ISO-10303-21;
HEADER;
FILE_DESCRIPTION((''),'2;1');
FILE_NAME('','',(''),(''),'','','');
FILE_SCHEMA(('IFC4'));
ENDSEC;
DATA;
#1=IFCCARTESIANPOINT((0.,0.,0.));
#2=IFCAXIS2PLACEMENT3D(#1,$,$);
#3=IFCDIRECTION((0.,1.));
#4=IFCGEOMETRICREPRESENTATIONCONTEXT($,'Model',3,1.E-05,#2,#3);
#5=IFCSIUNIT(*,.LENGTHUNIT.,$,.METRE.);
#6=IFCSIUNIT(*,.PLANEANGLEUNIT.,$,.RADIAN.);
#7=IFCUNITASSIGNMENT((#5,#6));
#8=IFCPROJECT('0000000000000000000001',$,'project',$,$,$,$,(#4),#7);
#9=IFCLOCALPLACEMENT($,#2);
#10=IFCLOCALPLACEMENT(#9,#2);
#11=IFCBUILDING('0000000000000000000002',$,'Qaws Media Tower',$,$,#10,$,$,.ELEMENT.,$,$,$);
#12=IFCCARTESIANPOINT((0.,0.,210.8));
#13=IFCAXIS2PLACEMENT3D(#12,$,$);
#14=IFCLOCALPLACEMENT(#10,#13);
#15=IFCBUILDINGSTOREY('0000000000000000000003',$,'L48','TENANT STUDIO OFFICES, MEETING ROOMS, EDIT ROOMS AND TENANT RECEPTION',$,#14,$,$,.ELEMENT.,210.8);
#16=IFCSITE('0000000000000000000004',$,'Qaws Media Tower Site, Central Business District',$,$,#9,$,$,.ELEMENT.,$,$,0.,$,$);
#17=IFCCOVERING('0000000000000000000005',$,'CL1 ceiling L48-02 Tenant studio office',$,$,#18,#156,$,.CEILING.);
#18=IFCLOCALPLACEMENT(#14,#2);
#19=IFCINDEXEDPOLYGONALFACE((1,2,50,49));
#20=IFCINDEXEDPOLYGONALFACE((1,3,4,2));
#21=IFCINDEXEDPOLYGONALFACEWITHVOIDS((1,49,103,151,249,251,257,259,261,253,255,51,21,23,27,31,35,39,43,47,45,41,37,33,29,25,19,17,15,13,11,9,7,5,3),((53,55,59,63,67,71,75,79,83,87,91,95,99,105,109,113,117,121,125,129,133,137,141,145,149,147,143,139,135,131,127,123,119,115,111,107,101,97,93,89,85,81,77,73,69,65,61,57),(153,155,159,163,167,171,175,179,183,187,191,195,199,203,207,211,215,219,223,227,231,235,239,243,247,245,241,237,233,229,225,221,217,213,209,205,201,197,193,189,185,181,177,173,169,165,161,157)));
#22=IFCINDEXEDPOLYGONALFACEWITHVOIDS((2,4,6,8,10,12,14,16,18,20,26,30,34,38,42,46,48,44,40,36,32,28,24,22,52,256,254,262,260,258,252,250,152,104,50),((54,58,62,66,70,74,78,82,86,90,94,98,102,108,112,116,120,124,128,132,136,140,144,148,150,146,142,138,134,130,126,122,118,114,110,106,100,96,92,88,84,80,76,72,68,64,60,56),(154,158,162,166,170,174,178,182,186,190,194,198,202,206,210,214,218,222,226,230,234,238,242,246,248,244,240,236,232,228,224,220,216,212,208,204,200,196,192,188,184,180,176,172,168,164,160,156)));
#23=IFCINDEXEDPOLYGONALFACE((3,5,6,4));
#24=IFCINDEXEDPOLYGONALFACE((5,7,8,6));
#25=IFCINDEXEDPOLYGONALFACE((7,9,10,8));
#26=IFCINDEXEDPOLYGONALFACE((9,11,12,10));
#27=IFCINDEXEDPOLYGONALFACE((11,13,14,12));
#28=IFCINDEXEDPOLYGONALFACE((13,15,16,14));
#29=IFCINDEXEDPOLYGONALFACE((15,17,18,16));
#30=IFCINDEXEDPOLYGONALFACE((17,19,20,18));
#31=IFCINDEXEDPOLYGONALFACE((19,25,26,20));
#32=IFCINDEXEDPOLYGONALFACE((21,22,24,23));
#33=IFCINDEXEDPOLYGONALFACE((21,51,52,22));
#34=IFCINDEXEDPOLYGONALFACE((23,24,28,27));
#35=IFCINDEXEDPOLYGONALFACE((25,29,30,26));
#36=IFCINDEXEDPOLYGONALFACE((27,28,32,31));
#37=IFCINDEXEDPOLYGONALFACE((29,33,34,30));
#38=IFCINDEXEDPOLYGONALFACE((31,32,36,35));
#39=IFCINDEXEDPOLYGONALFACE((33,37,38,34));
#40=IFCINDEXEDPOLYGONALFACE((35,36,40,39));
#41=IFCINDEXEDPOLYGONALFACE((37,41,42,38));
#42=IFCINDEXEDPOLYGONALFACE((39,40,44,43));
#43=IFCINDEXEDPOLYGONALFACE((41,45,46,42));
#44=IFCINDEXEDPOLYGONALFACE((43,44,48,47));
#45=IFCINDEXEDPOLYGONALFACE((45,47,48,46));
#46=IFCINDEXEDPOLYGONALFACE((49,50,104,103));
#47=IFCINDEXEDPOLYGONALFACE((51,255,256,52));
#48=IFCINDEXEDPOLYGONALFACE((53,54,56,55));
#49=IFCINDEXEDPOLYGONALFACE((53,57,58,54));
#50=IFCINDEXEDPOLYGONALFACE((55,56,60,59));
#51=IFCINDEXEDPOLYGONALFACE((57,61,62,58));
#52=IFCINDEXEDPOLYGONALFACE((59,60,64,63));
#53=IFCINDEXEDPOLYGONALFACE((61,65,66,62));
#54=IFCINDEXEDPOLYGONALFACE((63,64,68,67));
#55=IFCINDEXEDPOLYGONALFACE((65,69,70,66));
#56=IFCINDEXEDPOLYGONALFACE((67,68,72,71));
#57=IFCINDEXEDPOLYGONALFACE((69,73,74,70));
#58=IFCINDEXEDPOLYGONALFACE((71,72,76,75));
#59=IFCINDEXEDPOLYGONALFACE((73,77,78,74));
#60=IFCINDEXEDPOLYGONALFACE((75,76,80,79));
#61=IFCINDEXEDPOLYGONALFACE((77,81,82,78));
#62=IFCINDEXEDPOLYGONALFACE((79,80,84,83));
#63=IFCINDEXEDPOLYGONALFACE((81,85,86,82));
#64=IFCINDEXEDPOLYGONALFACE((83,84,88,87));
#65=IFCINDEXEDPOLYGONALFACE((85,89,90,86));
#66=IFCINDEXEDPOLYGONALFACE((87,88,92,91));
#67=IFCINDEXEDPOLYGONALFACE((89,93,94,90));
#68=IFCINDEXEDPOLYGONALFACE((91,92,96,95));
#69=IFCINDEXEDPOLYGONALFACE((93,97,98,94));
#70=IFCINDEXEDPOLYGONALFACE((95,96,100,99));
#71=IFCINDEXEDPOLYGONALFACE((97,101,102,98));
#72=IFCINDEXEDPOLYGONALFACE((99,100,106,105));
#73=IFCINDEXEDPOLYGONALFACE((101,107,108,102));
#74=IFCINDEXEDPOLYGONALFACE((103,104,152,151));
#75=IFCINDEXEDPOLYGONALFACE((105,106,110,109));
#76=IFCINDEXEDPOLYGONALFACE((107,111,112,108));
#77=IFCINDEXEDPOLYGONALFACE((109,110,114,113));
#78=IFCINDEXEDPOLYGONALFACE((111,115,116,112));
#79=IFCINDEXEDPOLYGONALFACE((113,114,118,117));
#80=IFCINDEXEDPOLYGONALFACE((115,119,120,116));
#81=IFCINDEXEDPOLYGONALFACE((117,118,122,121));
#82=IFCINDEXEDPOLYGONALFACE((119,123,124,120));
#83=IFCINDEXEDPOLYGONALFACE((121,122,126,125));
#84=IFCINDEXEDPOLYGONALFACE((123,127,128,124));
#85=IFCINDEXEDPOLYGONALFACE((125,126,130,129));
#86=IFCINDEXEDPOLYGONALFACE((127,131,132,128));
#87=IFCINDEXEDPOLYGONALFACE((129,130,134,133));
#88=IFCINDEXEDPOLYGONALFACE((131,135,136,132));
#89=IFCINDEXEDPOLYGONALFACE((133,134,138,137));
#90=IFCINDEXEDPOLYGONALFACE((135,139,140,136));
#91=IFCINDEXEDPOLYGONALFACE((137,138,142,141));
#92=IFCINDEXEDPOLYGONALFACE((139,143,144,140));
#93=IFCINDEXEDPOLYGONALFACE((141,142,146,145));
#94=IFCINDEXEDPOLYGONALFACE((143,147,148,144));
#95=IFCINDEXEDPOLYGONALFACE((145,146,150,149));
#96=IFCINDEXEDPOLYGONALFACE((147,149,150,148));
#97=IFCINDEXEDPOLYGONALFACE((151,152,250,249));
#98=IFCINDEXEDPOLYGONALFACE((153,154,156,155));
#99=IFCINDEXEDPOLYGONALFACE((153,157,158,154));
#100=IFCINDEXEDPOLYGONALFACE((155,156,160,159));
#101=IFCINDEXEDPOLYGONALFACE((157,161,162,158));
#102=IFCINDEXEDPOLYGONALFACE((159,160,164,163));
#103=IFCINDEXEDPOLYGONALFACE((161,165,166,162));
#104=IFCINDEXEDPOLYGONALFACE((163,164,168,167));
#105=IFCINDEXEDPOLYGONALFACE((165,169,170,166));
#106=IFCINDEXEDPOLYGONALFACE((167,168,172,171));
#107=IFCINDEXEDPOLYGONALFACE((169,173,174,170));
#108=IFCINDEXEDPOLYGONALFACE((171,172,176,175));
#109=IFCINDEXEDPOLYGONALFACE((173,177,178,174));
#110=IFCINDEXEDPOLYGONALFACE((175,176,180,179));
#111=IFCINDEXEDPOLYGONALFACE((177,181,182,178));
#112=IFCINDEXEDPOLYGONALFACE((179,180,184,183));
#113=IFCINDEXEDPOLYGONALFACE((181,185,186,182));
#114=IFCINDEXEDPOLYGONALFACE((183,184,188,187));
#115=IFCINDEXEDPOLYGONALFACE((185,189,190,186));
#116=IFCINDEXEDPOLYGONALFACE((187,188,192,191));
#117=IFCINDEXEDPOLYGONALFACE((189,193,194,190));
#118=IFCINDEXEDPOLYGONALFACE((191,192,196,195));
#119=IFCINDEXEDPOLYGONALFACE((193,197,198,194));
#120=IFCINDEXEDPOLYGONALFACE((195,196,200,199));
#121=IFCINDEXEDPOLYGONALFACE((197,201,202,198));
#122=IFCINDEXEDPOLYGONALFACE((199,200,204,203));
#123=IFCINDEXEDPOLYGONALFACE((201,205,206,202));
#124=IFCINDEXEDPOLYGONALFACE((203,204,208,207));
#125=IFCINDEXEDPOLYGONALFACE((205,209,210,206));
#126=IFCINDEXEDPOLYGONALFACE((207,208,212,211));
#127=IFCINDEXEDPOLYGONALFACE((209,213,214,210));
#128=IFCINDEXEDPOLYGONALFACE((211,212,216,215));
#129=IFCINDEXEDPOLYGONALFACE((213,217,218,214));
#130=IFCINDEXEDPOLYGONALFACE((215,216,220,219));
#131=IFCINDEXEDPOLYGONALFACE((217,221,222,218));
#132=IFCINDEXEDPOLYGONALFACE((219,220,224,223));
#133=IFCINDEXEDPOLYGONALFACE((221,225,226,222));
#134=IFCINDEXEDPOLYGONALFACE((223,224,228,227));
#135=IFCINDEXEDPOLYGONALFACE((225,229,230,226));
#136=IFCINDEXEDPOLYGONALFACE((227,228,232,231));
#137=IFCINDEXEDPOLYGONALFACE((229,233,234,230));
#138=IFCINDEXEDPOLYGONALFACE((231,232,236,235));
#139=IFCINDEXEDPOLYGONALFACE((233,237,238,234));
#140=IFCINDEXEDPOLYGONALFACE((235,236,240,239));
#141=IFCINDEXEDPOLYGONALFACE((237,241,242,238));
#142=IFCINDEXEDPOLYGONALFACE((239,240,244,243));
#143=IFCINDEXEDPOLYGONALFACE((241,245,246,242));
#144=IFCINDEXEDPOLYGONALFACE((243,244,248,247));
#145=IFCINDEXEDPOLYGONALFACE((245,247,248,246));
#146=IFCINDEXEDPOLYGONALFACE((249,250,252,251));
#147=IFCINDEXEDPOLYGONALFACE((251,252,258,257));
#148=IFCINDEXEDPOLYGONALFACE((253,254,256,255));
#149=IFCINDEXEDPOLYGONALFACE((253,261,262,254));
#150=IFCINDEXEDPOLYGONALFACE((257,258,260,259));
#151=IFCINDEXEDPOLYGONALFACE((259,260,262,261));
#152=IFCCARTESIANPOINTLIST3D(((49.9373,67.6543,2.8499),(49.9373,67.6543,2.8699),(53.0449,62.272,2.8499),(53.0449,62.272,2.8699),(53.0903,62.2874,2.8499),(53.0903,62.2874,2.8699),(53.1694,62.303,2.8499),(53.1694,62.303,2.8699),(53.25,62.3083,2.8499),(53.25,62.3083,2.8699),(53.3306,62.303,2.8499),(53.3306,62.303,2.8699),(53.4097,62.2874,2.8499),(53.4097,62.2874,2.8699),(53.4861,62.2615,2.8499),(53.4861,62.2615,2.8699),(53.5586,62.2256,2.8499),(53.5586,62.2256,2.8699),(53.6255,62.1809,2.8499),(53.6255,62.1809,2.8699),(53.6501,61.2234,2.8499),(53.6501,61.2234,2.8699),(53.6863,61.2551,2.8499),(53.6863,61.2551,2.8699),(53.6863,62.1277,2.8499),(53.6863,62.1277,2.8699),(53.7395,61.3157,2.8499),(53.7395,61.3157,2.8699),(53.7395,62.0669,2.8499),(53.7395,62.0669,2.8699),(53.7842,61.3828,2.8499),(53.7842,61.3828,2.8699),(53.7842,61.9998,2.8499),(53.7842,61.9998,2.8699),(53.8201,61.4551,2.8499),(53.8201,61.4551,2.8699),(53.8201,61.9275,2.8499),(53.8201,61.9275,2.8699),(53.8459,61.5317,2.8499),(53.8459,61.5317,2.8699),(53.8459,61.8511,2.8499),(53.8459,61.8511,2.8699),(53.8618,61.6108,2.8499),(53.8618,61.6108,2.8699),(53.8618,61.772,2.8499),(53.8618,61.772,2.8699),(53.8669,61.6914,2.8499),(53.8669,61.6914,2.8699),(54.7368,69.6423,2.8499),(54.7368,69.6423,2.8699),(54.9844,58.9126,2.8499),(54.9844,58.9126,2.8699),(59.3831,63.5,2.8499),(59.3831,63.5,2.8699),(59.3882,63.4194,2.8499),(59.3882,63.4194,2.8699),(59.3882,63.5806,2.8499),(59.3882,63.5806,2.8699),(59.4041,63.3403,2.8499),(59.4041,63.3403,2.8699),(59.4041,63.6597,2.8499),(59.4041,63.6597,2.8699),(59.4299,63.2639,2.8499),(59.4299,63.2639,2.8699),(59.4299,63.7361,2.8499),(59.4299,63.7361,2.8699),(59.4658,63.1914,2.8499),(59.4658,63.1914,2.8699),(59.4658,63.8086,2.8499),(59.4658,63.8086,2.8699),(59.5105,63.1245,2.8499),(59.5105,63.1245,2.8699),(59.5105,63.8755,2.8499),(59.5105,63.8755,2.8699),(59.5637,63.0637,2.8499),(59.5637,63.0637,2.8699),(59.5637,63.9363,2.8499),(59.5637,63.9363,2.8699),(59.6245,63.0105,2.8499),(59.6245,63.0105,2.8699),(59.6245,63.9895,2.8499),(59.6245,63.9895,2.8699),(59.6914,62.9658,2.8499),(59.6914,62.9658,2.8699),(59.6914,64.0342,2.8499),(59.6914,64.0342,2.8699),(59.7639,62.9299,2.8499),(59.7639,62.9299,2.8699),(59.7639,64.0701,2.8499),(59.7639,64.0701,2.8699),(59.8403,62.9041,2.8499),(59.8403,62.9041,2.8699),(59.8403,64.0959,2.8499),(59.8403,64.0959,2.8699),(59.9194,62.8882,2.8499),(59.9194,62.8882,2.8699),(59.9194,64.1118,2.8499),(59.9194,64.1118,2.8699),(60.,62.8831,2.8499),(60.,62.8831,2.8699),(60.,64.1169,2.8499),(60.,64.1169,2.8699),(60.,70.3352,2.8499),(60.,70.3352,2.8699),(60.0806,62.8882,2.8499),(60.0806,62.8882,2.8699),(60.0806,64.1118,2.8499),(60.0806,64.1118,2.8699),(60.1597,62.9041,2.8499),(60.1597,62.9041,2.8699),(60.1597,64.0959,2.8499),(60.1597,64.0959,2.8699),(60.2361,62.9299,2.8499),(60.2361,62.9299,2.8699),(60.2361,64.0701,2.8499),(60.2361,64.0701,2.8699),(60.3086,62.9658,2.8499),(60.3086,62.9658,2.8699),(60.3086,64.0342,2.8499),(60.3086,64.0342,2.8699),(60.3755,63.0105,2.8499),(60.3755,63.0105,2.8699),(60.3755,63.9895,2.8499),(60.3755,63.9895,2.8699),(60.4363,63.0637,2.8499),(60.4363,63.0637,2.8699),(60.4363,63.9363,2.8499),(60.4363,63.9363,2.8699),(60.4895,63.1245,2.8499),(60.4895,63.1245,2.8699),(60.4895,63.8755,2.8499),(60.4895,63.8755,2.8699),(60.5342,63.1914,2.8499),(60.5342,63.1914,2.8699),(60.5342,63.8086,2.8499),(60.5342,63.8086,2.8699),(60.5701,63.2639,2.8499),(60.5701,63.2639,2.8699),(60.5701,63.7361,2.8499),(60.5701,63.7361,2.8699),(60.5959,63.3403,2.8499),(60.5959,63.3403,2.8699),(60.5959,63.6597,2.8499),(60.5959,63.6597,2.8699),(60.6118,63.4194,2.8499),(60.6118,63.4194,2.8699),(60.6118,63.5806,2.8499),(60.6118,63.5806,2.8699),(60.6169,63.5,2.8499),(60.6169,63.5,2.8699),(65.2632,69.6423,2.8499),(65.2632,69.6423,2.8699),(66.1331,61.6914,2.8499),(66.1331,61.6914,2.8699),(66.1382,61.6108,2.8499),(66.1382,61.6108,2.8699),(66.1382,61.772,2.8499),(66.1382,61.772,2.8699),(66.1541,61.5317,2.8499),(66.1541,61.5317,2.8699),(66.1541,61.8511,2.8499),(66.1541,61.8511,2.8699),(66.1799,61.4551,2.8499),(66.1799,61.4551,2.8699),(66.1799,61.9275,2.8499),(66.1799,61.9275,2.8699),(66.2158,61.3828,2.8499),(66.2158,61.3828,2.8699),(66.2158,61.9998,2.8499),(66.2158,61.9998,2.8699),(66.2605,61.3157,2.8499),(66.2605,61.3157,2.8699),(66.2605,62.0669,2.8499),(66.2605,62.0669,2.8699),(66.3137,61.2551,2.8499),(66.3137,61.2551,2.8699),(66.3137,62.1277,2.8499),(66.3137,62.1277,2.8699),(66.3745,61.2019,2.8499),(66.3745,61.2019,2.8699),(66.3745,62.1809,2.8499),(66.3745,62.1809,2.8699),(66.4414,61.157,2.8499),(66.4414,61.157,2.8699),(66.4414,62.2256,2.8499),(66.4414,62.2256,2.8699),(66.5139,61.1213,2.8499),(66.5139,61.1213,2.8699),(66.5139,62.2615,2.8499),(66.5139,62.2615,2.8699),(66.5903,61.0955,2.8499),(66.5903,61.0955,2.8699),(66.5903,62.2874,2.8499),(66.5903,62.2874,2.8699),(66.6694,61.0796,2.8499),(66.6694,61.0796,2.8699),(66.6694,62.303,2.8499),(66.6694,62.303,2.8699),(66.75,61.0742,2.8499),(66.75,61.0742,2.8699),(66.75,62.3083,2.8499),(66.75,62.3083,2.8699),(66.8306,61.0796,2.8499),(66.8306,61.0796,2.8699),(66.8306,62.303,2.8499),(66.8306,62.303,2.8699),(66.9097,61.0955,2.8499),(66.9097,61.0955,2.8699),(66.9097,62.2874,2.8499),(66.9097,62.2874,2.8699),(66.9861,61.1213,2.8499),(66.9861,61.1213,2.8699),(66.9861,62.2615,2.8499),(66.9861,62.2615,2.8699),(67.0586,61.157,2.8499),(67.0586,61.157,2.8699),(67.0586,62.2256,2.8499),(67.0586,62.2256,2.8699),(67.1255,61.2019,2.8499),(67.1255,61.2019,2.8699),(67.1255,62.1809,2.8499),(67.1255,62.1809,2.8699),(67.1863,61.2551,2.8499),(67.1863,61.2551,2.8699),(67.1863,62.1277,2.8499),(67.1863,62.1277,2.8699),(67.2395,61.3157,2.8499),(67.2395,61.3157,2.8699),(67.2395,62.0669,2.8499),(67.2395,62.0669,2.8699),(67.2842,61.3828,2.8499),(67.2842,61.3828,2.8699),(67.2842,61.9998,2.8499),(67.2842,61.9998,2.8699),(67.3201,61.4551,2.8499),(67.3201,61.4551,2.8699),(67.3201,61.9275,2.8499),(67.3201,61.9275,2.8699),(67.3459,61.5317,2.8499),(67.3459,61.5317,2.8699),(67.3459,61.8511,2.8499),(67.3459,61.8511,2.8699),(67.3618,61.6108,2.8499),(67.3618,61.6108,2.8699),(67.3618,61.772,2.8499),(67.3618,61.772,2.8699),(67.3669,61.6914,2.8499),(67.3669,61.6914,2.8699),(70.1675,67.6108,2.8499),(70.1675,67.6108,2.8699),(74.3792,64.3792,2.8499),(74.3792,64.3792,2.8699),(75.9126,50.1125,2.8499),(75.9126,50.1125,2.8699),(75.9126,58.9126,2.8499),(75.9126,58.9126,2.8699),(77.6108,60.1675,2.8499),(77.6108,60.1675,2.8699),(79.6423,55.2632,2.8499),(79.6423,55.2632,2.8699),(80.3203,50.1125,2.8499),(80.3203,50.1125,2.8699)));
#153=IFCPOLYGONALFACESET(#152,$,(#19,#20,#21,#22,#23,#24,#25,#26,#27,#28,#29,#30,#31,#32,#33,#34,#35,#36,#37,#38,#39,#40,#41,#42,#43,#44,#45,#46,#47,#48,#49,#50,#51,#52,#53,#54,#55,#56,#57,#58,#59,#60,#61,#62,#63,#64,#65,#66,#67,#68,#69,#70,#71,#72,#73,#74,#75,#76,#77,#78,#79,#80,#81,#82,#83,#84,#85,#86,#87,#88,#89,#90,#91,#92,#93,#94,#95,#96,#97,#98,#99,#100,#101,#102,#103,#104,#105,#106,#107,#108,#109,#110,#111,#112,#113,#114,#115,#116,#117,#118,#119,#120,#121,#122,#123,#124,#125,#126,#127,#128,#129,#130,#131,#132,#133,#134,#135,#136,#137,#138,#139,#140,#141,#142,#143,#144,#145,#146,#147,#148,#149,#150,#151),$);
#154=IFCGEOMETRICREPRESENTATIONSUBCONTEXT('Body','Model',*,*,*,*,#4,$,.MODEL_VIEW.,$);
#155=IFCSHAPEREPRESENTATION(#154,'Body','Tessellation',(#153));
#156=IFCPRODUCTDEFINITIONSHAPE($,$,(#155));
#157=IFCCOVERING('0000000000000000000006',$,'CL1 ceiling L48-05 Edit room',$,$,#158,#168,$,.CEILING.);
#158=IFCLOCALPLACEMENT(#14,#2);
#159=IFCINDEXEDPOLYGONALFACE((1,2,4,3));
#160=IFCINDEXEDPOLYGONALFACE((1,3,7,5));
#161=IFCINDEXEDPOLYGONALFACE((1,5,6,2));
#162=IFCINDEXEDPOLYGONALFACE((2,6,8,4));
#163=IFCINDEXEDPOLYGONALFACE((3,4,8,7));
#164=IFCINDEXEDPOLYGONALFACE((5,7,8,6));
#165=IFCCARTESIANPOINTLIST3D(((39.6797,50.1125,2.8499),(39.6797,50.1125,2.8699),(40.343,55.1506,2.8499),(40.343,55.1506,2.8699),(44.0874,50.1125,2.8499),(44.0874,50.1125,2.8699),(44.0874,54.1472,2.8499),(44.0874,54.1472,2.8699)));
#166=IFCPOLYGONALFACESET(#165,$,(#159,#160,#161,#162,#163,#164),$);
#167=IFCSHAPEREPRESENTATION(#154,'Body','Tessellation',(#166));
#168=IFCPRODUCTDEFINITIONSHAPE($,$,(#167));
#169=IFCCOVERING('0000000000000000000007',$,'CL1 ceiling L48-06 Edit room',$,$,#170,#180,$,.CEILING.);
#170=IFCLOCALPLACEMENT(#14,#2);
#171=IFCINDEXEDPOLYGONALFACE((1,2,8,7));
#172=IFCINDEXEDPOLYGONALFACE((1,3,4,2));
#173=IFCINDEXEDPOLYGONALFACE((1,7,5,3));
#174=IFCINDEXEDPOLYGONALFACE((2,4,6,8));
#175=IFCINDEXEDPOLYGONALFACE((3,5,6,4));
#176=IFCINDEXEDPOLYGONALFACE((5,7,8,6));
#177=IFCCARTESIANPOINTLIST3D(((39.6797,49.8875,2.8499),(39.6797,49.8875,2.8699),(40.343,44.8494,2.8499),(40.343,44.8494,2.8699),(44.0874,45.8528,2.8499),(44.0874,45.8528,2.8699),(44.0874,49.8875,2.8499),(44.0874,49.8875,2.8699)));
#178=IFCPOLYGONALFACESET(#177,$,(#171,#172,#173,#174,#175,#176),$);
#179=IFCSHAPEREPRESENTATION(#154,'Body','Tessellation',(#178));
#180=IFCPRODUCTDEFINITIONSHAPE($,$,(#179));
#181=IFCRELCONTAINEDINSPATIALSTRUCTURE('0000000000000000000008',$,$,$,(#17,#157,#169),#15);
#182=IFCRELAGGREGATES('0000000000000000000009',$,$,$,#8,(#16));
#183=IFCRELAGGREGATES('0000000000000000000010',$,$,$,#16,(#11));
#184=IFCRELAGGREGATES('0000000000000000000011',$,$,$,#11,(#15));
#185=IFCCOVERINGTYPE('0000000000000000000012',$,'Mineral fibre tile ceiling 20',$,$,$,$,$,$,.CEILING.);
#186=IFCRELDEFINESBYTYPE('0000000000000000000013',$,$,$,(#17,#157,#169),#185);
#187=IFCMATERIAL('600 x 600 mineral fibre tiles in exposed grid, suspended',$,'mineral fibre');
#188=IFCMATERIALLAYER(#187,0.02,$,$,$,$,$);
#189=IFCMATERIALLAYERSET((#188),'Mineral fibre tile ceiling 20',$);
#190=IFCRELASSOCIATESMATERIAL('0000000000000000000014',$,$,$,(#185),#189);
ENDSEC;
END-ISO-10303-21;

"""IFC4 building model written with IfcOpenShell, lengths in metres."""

from ifc_helpers import new_model, si_unit, direction, frame, origin, place, context, subcontext, project, spatial, polyline, outline, extrude, material, layer, layer_set, type_object, element, save


model = new_model("IFC4")

# Units and contexts
model_context = context("Model", 3, precision=1e-05, world=origin(), true_north=direction((0.0, 1.0)))
body_context = subcontext(model_context, "Body", "Model", "MODEL_VIEW")
ifc_project = project(units=[si_unit("LENGTHUNIT", "METRE"), si_unit("PLANEANGLEUNIT", "RADIAN")], contexts=[model_context])

# Site, building, storey
site_placement = place(None, origin())
site = spatial("IfcSite", under=ifc_project, at=site_placement, Name="Qaws Media Tower Site, Central Business District", CompositionType="ELEMENT", RefElevation=0.0)
building_placement = place(site_placement, origin())
building = spatial("IfcBuilding", under=site, at=building_placement, Name="Qaws Media Tower", CompositionType="ELEMENT")
storey_placement = place(building_placement, frame((0.0, 0.0, 210.8)))
storey = spatial("IfcBuildingStorey", under=building, at=storey_placement, Name="L48", Description="TENANT STUDIO OFFICES, MEETING ROOMS, EDIT ROOMS AND TENANT RECEPTION", CompositionType="ELEMENT", Elevation=210.8)

# Coverings
ifc_material_1 = material(Name="600 x 600 mineral fibre tiles in exposed grid, suspended", Category="mineral fibre")
ifc_layer_1 = layer(ifc_material_1, 0.02)
ifc_layer_set_1 = layer_set([ifc_layer_1], Name="Mineral fibre tile ceiling 20")
covering_type_1 = type_object("IfcCoveringType", Name="Mineral fibre tile ceiling 20", PredefinedType="CEILING", material=ifc_layer_set_1)
covering_1_placement = place(storey_placement, frame((0.0, 0.0, 2.8499)))
element("IfcCovering", 1, at=covering_1_placement, inside=storey, type_object=covering_type_1, Name="CL1 ceiling L48-02 Tenant studio office", PredefinedType="CEILING", context=body_context, shape_type="SweptSolid", body=[
    extrude(outline(polyline([(54.7368, 69.6423), (60.0, 70.3352), (65.2632, 69.6423), (70.1675, 67.6108), (74.3792, 64.3792), (77.6108, 60.1675), (79.6423, 55.2632), (80.3203, 50.1125), (75.9126, 50.1125), (75.9126, 58.9126), (54.9844, 58.9126), (53.6501, 61.2234), (53.6863, 61.2551), (53.7395, 61.3157), (53.7842, 61.3828), (53.8201, 61.4551), (53.8459, 61.5317), (53.8618, 61.6108), (53.8669, 61.6914), (53.8618, 61.772), (53.8459, 61.8511), (53.8201, 61.9275), (53.7842, 61.9998), (53.7395, 62.0669), (53.6863, 62.1277), (53.6255, 62.1809), (53.5586, 62.2256), (53.4861, 62.2615), (53.4097, 62.2874), (53.3306, 62.303), (53.25, 62.3083), (53.1694, 62.303), (53.0903, 62.2874), (53.0449, 62.272), (49.9373, 67.6543), (54.7368, 69.6423)]), holes=[polyline([(60.5701, 63.2639), (60.5959, 63.3403), (60.6118, 63.4194), (60.6169, 63.5), (60.6118, 63.5806), (60.5959, 63.6597), (60.5701, 63.7361), (60.5342, 63.8086), (60.4895, 63.8755), (60.4363, 63.9363), (60.3755, 63.9895), (60.3086, 64.0342), (60.2361, 64.0701), (60.1597, 64.0959), (60.0806, 64.1118), (60.0, 64.1169), (59.9194, 64.1118), (59.8403, 64.0959), (59.7639, 64.0701), (59.6914, 64.0342), (59.6245, 63.9895), (59.5637, 63.9363), (59.5105, 63.8755), (59.4658, 63.8086), (59.4299, 63.7361), (59.4041, 63.6597), (59.3882, 63.5806), (59.3831, 63.5), (59.3882, 63.4194), (59.4041, 63.3403), (59.4299, 63.2639), (59.4658, 63.1914), (59.5105, 63.1245), (59.5637, 63.0637), (59.6245, 63.0105), (59.6914, 62.9658), (59.7639, 62.9299), (59.8403, 62.9041), (59.9194, 62.8882), (60.0, 62.8831), (60.0806, 62.8882), (60.1597, 62.9041), (60.2361, 62.9299), (60.3086, 62.9658), (60.3755, 63.0105), (60.4363, 63.0637), (60.4895, 63.1245), (60.5342, 63.1914), (60.5701, 63.2639)]), polyline([(67.3201, 61.4551), (67.3459, 61.5317), (67.3618, 61.6108), (67.3669, 61.6914), (67.3618, 61.772), (67.3459, 61.8511), (67.3201, 61.9275), (67.2842, 61.9998), (67.2395, 62.0669), (67.1863, 62.1277), (67.1255, 62.1809), (67.0586, 62.2256), (66.9861, 62.2615), (66.9097, 62.2874), (66.8306, 62.303), (66.75, 62.3083), (66.6694, 62.303), (66.5903, 62.2874), (66.5139, 62.2615), (66.4414, 62.2256), (66.3745, 62.1809), (66.3137, 62.1277), (66.2605, 62.0669), (66.2158, 61.9998), (66.1799, 61.9275), (66.1541, 61.8511), (66.1382, 61.772), (66.1331, 61.6914), (66.1382, 61.6108), (66.1541, 61.5317), (66.1799, 61.4551), (66.2158, 61.3828), (66.2605, 61.3157), (66.3137, 61.2551), (66.3745, 61.2019), (66.4414, 61.157), (66.5139, 61.1213), (66.5903, 61.0955), (66.6694, 61.0796), (66.75, 61.0742), (66.8306, 61.0796), (66.9097, 61.0955), (66.9861, 61.1213), (67.0586, 61.157), (67.1255, 61.2019), (67.1863, 61.2551), (67.2395, 61.3157), (67.2842, 61.3828), (67.3201, 61.4551)])]), origin(), (0.0, 0.0, 1.0), 0.02),
])
covering_2_placement = place(storey_placement, frame((0.0, 0.0, 2.8499)))
element("IfcCovering", 2, at=covering_2_placement, inside=storey, type_object=covering_type_1, Name="CL1 ceiling L48-05 Edit room", PredefinedType="CEILING", context=body_context, shape_type="SweptSolid", body=[
    extrude(outline(polyline([(40.343, 55.1506), (44.0874, 54.1472), (44.0874, 50.1125), (39.6797, 50.1125), (40.343, 55.1506)])), origin(), (0.0, 0.0, 1.0), 0.02),
])
covering_3_placement = place(storey_placement, frame((0.0, 0.0, 2.8499)))
element("IfcCovering", 3, at=covering_3_placement, inside=storey, type_object=covering_type_1, Name="CL1 ceiling L48-06 Edit room", PredefinedType="CEILING", context=body_context, shape_type="SweptSolid", body=[
    extrude(outline(polyline([(39.6797, 49.8875), (44.0874, 49.8875), (44.0874, 45.8528), (40.343, 44.8494), (39.6797, 49.8875)])), origin(), (0.0, 0.0, 1.0), 0.02),
])

save(model, "model.ifc")
